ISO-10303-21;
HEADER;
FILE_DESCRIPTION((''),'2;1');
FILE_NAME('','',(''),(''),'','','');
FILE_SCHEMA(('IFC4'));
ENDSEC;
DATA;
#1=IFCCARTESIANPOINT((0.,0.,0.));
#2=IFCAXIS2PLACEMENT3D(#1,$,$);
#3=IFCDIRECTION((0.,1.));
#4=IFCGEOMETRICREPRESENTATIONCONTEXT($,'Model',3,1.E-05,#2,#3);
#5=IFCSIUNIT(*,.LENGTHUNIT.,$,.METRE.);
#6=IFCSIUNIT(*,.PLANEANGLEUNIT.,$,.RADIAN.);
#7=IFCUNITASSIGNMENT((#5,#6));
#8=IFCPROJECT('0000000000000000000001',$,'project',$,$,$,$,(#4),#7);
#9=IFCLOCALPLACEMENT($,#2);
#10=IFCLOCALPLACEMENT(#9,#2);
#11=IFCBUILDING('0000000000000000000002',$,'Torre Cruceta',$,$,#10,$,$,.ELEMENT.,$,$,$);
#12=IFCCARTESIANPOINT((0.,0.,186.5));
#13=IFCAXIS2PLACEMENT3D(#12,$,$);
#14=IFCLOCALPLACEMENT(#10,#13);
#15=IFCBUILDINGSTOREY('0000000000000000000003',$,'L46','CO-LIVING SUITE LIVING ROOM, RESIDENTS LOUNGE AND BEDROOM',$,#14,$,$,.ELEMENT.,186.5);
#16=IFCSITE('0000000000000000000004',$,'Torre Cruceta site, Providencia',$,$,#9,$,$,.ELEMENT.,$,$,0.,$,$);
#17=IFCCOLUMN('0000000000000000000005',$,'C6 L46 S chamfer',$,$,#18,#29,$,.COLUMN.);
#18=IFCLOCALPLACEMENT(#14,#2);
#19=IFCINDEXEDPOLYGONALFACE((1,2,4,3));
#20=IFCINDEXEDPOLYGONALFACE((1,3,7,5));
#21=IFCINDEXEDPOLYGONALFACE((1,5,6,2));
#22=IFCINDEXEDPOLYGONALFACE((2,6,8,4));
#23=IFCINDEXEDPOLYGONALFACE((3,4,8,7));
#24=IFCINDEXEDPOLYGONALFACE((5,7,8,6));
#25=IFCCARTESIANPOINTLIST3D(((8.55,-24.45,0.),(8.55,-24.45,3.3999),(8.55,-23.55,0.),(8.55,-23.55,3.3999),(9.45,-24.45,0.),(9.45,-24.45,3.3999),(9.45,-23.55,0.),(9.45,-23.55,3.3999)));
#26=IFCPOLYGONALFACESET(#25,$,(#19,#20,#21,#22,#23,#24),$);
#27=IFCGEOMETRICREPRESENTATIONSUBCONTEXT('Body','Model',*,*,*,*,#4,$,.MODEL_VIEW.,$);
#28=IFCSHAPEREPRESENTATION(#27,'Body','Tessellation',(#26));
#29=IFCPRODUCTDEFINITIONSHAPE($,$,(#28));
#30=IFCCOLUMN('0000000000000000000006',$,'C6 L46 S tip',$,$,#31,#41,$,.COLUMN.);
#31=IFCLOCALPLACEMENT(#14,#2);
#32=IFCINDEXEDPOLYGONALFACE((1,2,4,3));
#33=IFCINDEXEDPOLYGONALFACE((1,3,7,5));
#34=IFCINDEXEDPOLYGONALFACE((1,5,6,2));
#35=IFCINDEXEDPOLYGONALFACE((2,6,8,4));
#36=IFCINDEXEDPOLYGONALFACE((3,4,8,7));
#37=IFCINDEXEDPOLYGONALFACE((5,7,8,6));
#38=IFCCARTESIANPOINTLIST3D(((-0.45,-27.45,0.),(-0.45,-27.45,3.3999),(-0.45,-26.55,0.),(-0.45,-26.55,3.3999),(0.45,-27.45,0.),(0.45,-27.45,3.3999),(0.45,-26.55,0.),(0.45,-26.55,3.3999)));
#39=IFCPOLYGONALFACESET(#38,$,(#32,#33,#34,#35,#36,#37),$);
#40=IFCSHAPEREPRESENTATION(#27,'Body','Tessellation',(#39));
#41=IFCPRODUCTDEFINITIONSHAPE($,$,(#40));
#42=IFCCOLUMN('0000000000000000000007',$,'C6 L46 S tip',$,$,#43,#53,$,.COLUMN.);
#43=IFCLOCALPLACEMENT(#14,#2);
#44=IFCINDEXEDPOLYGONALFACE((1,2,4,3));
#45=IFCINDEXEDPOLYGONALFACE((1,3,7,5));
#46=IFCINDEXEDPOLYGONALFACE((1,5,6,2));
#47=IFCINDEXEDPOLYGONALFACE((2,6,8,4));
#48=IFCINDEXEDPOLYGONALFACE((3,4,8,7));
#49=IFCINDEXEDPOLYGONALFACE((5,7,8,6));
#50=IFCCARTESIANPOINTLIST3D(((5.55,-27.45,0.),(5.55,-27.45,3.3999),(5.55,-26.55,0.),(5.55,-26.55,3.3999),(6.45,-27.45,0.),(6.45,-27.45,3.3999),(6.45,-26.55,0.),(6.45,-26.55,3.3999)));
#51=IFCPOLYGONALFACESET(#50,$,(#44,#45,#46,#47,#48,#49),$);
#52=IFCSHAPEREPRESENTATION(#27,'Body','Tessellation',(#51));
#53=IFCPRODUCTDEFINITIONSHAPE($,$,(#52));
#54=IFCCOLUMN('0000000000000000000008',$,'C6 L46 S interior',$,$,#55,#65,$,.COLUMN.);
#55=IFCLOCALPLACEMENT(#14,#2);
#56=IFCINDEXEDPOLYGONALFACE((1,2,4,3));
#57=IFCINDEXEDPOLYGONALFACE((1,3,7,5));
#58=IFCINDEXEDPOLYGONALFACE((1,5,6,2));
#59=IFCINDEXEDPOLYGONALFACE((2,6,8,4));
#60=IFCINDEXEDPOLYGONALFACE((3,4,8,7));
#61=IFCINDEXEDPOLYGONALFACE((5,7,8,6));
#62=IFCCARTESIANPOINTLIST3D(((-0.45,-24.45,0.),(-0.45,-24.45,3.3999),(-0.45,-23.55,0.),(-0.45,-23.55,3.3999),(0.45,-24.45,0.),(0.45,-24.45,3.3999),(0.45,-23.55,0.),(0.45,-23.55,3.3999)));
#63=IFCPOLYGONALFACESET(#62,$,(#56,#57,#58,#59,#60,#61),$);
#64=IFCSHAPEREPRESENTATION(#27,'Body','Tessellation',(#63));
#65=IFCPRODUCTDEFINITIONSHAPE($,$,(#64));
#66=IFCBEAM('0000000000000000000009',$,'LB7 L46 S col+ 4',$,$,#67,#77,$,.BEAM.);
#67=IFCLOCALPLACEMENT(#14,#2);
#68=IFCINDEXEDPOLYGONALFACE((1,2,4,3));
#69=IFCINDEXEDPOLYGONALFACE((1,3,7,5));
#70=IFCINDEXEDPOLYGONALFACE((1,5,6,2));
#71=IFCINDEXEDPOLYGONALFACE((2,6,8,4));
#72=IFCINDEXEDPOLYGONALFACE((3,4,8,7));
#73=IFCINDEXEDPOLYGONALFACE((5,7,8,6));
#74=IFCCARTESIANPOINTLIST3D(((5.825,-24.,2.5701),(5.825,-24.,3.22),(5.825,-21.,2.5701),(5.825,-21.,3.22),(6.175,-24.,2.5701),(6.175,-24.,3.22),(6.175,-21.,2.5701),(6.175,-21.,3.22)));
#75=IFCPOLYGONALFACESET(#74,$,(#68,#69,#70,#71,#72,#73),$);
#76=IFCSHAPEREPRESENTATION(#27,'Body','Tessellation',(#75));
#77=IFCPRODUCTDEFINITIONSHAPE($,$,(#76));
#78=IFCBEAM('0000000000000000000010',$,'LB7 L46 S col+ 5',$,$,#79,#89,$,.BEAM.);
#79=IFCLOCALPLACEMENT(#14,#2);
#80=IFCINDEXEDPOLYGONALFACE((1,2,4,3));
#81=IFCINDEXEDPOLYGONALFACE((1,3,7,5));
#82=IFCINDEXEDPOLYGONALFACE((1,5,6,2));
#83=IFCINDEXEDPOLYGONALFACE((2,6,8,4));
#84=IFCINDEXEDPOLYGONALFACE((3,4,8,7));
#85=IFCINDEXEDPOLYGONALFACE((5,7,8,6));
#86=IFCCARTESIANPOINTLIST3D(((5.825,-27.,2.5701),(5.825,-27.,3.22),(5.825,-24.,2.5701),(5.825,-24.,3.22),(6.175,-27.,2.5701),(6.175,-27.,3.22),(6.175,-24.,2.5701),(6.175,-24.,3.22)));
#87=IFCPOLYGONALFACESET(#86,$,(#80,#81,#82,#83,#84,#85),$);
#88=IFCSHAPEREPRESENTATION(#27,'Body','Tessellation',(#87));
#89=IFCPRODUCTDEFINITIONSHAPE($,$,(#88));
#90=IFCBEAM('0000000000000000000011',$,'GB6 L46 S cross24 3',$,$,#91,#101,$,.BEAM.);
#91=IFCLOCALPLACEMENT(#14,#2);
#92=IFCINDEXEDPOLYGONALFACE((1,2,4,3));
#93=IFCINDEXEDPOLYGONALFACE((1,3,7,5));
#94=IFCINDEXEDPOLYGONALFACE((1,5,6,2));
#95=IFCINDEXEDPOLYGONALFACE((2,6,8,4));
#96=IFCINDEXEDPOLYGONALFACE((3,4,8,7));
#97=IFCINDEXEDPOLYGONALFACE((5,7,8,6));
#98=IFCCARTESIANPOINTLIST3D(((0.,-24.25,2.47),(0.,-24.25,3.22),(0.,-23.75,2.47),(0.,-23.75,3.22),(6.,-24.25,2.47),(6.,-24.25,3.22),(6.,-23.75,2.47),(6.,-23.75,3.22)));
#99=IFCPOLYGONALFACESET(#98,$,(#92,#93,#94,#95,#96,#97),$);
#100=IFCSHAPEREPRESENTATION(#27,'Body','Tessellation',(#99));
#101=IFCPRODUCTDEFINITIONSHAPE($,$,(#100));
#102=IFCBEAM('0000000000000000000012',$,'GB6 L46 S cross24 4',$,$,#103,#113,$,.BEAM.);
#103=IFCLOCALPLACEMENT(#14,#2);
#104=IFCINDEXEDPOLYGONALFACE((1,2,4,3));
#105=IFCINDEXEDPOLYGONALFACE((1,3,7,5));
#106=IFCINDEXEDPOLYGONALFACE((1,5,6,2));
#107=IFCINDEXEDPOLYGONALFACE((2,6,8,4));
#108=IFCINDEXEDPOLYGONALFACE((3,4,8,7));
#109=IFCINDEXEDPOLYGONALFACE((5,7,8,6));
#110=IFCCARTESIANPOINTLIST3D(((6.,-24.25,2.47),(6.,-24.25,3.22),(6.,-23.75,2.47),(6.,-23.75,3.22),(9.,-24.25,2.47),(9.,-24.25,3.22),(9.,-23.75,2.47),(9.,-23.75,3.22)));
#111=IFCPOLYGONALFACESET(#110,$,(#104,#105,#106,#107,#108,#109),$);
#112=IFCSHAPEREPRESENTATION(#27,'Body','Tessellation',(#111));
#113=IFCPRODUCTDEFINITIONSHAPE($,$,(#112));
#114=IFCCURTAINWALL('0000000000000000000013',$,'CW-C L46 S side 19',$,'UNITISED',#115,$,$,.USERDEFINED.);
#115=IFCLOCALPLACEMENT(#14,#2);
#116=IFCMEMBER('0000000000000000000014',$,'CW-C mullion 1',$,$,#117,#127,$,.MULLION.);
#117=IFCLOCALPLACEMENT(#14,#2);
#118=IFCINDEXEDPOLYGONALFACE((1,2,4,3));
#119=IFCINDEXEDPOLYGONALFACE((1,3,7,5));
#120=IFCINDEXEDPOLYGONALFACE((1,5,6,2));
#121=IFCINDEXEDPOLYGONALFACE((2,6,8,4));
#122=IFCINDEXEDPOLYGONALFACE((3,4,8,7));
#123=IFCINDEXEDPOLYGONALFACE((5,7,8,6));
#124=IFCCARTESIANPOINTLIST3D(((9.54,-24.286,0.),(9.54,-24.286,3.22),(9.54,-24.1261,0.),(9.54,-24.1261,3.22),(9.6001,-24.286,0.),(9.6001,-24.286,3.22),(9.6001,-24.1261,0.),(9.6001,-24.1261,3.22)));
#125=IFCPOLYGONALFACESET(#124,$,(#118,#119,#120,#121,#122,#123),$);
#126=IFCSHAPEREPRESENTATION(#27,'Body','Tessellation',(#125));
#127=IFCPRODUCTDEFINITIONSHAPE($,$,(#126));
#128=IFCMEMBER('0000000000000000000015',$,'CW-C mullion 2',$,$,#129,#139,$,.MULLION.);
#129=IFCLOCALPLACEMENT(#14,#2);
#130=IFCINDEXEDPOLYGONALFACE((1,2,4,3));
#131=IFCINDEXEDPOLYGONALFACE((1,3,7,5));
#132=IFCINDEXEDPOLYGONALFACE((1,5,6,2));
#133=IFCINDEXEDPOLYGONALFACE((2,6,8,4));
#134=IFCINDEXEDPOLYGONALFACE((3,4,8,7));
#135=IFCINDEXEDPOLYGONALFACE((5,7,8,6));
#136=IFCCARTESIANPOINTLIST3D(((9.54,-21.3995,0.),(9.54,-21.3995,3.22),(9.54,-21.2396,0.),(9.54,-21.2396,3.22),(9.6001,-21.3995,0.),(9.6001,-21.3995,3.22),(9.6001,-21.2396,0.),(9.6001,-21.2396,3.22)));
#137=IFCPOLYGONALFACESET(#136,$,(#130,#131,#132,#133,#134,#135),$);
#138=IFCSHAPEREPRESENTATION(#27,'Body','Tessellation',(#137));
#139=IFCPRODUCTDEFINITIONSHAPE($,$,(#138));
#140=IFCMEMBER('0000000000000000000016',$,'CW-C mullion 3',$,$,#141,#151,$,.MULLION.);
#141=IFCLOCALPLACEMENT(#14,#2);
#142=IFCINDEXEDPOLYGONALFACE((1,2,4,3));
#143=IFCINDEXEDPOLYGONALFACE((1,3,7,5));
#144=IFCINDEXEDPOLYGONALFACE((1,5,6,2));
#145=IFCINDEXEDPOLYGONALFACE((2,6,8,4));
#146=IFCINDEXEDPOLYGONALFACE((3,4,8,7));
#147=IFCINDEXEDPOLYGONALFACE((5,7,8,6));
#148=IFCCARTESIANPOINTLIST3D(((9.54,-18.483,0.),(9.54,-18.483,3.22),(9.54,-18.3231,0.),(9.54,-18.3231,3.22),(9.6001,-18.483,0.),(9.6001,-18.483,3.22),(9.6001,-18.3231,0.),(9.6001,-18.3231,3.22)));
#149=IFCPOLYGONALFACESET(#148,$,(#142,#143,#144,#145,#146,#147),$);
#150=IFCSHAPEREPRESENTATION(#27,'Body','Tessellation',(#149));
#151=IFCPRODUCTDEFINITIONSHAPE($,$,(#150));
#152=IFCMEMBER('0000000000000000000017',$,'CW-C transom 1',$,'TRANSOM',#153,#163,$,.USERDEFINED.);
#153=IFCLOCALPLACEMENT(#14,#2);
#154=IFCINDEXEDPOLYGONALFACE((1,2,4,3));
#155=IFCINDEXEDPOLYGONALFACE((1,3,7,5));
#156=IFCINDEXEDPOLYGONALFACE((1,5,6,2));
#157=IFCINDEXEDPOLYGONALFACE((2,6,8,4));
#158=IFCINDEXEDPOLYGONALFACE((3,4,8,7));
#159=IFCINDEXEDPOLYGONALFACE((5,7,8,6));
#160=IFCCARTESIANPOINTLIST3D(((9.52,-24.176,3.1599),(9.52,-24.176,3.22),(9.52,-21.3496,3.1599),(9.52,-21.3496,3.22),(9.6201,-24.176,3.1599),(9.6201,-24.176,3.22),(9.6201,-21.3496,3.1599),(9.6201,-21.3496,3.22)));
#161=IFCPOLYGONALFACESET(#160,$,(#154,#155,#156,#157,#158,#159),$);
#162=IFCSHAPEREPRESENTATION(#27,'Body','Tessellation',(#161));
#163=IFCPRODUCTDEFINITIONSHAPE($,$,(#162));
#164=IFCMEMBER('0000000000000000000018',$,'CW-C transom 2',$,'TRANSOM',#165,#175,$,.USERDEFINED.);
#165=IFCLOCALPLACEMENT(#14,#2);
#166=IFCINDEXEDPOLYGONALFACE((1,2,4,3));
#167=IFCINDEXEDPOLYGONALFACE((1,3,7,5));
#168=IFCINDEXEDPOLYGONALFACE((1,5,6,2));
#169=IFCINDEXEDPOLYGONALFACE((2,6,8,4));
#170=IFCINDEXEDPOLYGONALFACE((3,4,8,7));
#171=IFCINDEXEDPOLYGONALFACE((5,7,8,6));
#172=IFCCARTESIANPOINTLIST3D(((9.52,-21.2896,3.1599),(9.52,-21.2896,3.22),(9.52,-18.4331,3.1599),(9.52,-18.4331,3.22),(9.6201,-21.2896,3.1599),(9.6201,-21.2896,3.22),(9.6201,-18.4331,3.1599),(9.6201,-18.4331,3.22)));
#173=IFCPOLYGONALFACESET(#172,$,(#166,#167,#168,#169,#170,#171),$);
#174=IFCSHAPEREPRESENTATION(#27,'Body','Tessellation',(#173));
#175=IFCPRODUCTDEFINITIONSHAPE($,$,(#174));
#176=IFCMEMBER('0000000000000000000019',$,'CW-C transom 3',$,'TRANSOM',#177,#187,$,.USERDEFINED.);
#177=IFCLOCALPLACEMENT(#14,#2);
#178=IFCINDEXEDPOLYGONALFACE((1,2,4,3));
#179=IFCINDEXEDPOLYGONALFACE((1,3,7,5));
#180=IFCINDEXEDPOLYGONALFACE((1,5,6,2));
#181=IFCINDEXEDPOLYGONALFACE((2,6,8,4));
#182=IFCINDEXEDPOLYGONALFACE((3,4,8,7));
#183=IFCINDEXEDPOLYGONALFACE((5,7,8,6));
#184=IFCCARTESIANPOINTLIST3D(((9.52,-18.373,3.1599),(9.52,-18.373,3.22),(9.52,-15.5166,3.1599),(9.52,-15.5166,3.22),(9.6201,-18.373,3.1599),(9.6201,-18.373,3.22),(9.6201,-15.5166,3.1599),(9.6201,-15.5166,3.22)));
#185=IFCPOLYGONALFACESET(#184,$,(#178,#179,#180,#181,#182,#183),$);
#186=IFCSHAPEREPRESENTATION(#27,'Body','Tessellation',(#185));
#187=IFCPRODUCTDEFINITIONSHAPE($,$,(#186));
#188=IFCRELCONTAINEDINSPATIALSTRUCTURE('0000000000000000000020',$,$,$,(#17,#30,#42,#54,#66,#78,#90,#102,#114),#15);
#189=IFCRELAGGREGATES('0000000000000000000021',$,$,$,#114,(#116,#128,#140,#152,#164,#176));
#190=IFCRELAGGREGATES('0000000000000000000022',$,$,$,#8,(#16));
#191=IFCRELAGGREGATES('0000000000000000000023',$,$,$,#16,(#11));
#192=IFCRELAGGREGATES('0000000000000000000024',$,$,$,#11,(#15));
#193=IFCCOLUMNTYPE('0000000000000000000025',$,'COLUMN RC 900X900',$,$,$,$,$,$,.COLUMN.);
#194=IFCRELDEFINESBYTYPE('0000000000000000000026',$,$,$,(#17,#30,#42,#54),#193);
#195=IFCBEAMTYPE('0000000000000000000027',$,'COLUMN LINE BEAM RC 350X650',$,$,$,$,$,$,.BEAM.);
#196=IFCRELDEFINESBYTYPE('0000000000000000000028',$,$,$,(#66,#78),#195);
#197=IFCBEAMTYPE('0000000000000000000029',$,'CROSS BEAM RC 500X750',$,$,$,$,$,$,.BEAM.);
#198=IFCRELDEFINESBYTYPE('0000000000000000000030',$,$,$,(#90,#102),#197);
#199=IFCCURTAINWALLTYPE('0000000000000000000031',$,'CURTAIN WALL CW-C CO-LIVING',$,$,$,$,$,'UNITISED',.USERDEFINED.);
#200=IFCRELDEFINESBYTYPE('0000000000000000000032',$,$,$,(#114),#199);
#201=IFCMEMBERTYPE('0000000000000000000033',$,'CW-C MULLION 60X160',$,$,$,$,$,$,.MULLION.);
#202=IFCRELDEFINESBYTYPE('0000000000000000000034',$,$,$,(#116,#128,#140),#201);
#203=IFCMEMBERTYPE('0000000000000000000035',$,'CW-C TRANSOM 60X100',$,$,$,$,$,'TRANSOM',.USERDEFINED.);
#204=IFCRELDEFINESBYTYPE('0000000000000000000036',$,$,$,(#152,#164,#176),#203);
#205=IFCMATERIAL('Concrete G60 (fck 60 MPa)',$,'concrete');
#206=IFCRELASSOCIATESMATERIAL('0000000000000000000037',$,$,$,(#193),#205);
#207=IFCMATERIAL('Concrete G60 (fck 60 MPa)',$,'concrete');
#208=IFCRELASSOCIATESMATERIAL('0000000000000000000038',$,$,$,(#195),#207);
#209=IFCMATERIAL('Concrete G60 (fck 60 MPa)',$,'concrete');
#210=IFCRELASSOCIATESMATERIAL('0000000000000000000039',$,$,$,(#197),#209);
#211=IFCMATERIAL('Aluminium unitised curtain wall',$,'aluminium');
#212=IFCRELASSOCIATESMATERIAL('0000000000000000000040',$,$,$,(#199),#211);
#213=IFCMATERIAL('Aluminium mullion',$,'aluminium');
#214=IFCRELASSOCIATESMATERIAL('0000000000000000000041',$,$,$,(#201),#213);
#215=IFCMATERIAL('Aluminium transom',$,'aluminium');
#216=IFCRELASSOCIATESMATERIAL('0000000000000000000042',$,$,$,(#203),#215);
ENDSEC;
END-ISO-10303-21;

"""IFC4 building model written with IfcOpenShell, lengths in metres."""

from ifc_helpers import new_model, si_unit, direction, frame, origin, origin_2d, place, context, subcontext, project, spatial, rectangle, extrude, material, material_profile, profile_set, type_object, element, aggregate, save


model = new_model("IFC4")

# Units and contexts
model_context = context("Model", 3, precision=1e-05, world=origin(), true_north=direction((0.0, 1.0)))
body_context = subcontext(model_context, "Body", "Model", "MODEL_VIEW")
ifc_project = project(units=[si_unit("LENGTHUNIT", "METRE"), si_unit("PLANEANGLEUNIT", "RADIAN")], contexts=[model_context])

# Site, building, storey
site_placement = place(None, origin())
site = spatial("IfcSite", under=ifc_project, at=site_placement, Name="Torre Cruceta site, Providencia", CompositionType="ELEMENT", RefElevation=0.0)
building_placement = place(site_placement, origin())
building = spatial("IfcBuilding", under=site, at=building_placement, Name="Torre Cruceta", CompositionType="ELEMENT")
storey_placement = place(building_placement, frame((0.0, 0.0, 186.5)))
storey = spatial("IfcBuildingStorey", under=building, at=storey_placement, Name="L46", Description="CO-LIVING SUITE LIVING ROOM, RESIDENTS LOUNGE AND BEDROOM", CompositionType="ELEMENT", Elevation=186.5)

# Columns
ifc_material_1 = material(Name="Concrete G60 (fck 60 MPa)", Category="concrete")
ifc_material_profile_1 = material_profile(ifc_material_1, rectangle(XDim=0.8999, YDim=0.8999, at=origin_2d()), Name="RC 900X900")
ifc_profile_set_1 = profile_set([ifc_material_profile_1], Name="Concrete G60 (fck 60 MPa)")
column_type = type_object("IfcColumnType", Name="COLUMN RC 900X900", PredefinedType="COLUMN", material=ifc_profile_set_1)
for number, where, z_axis, x_axis, name in (
    (1, (9.0, -24.0, 0.0), (0.0, 0.0, 1.0), (1.0, 0.0, 0.0), "C6 L46 S chamfer"),
    (2, (0.0, -27.0, 0.0), (0.0, 0.0, 1.0), (1.0, 0.0, 0.0), "C6 L46 S tip"),
    (3, (6.0, -27.0, 0.0), (0.0, 0.0, 1.0), (1.0, 0.0, 0.0), "C6 L46 S tip"),
    (4, (0.0, -24.0, 0.0), (0.0, 0.0, 1.0), (1.0, 0.0, 0.0), "C6 L46 S interior"),
):
    element("IfcColumn", number, at=place(storey_placement, frame(where, z_axis=z_axis, x_axis=x_axis)), inside=storey, type_object=column_type, Name=name, PredefinedType="COLUMN", context=body_context, shape_type="SweptSolid", body=[
        extrude(rectangle(XDim=0.8999, YDim=0.8999, at=origin_2d()), origin(), (0.0, 0.0, 1.0), 3.3999),
    ])

# Beams
ifc_material_2 = material(Name="Concrete G60 (fck 60 MPa)", Category="concrete")
ifc_material_profile_2 = material_profile(ifc_material_2, rectangle(XDim=0.3501, YDim=0.6499, at=origin_2d()), Name="RC 350X650")
ifc_profile_set_2 = profile_set([ifc_material_profile_2], Name="Concrete G60 (fck 60 MPa)")
beam_type_1 = type_object("IfcBeamType", Name="COLUMN LINE BEAM RC 350X650", PredefinedType="BEAM", material=ifc_profile_set_2)
for number, where, z_axis, x_axis, name in (
    (5, (6.0, -21.0, 2.895), (0.0, -1.0, 0.0), (1.0, 0.0, 0.0), "LB7 L46 S col+ 4"),
    (6, (6.0, -24.0, 2.895), (0.0, -1.0, 0.0), (1.0, 0.0, 0.0), "LB7 L46 S col+ 5"),
):
    element("IfcBeam", number, at=place(storey_placement, frame(where, z_axis=z_axis, x_axis=x_axis)), inside=storey, type_object=beam_type_1, Name=name, PredefinedType="BEAM", context=body_context, shape_type="SweptSolid", body=[
        extrude(rectangle(XDim=0.3501, YDim=0.6499, at=origin_2d()), origin(), (0.0, 0.0, 1.0), 3.0),
    ])
ifc_material_3 = material(Name="Concrete G60 (fck 60 MPa)", Category="concrete")
ifc_material_profile_3 = material_profile(ifc_material_3, rectangle(XDim=0.5, YDim=0.75, at=origin_2d()), Name="RC 500X750")
ifc_profile_set_3 = profile_set([ifc_material_profile_3], Name="Concrete G60 (fck 60 MPa)")
beam_type_2 = type_object("IfcBeamType", Name="CROSS BEAM RC 500X750", PredefinedType="BEAM", material=ifc_profile_set_3)
beam_1_placement = place(storey_placement, frame((0.0, -24.0, 2.845), z_axis=(1.0, 0.0, 0.0), x_axis=(0.0, 1.0, 0.0)))
element("IfcBeam", 7, at=beam_1_placement, inside=storey, type_object=beam_type_2, Name="GB6 L46 S cross24 3", PredefinedType="BEAM", context=body_context, shape_type="SweptSolid", body=[
    extrude(rectangle(XDim=0.5, YDim=0.75, at=origin_2d()), origin(), (0.0, 0.0, 1.0), 6.0),
])
beam_2_placement = place(storey_placement, frame((6.0, -24.0, 2.845), z_axis=(1.0, 0.0, 0.0), x_axis=(0.0, 1.0, 0.0)))
element("IfcBeam", 8, at=beam_2_placement, inside=storey, type_object=beam_type_2, Name="GB6 L46 S cross24 4", PredefinedType="BEAM", context=body_context, shape_type="SweptSolid", body=[
    extrude(rectangle(XDim=0.5, YDim=0.75, at=origin_2d()), origin(), (0.0, 0.0, 1.0), 3.0),
])

# Curtain wall, members
ifc_material_4 = material(Name="Aluminium unitised curtain wall", Category="aluminium")
curtain_wall_type = type_object("IfcCurtainWallType", Name="CURTAIN WALL CW-C CO-LIVING", ElementType="UNITISED", PredefinedType="USERDEFINED", material=ifc_material_4)
curtain_wall_placement = place(storey_placement, origin())
curtain_wall = element("IfcCurtainWall", 9, at=curtain_wall_placement, inside=storey, type_object=curtain_wall_type, Name="CW-C L46 S side 19", ObjectType="UNITISED", PredefinedType="USERDEFINED")
ifc_material_5 = material(Name="Aluminium mullion", Category="aluminium")
ifc_material_profile_4 = material_profile(ifc_material_5, rectangle(XDim=0.0601, YDim=0.1599, at=origin_2d()), Name="AL 60X160")
ifc_profile_set_4 = profile_set([ifc_material_profile_4], Name="Aluminium mullion")
member_type_1 = type_object("IfcMemberType", Name="CW-C MULLION 60X160", PredefinedType="MULLION", material=ifc_profile_set_4)
member_1_placement = place(storey_placement, frame((9.5701, -24.2061, 0.0), z_axis=(0.0, 0.0, 1.0), x_axis=(-1.0, 0.0, 0.0)))
member_1 = element("IfcMember", 10, at=member_1_placement, type_object=member_type_1, Name="CW-C mullion 1", PredefinedType="MULLION", context=body_context, shape_type="SweptSolid", body=[
    extrude(rectangle(XDim=0.0601, YDim=0.1599, at=origin_2d()), origin(), (0.0, 0.0, 1.0), 3.22),
])
member_2_placement = place(storey_placement, frame((9.5701, -21.3196, 0.0), z_axis=(0.0, 0.0, 1.0), x_axis=(-1.0, 0.0, 0.0)))
member_2 = element("IfcMember", 11, at=member_2_placement, type_object=member_type_1, Name="CW-C mullion 2", PredefinedType="MULLION", context=body_context, shape_type="SweptSolid", body=[
    extrude(rectangle(XDim=0.0601, YDim=0.1599, at=origin_2d()), origin(), (0.0, 0.0, 1.0), 3.22),
])
member_3_placement = place(storey_placement, frame((9.5701, -18.4031, 0.0), z_axis=(0.0, 0.0, 1.0), x_axis=(-1.0, 0.0, 0.0)))
member_3 = element("IfcMember", 12, at=member_3_placement, type_object=member_type_1, Name="CW-C mullion 3", PredefinedType="MULLION", context=body_context, shape_type="SweptSolid", body=[
    extrude(rectangle(XDim=0.0601, YDim=0.1599, at=origin_2d()), origin(), (0.0, 0.0, 1.0), 3.22),
])
ifc_material_6 = material(Name="Aluminium transom", Category="aluminium")
ifc_material_profile_5 = material_profile(ifc_material_6, rectangle(XDim=0.1001, YDim=0.0601, at=origin_2d()), Name="AL 100X60")
ifc_profile_set_5 = profile_set([ifc_material_profile_5], Name="Aluminium transom")
member_type_2 = type_object("IfcMemberType", Name="CW-C TRANSOM 60X100", ElementType="TRANSOM", PredefinedType="USERDEFINED", material=ifc_profile_set_5)
member_4_placement = place(storey_placement, frame((9.5701, -24.176, 3.1899), z_axis=(0.0, 1.0, 0.0), x_axis=(-1.0, 0.0, 0.0)))
member_4 = element("IfcMember", 13, at=member_4_placement, type_object=member_type_2, Name="CW-C transom 1", ObjectType="TRANSOM", PredefinedType="USERDEFINED", context=body_context, shape_type="SweptSolid", body=[
    extrude(rectangle(XDim=0.1001, YDim=0.0601, at=origin_2d()), origin(), (0.0, 0.0, 1.0), 2.8264),
])
member_5_placement = place(storey_placement, frame((9.5701, -21.2896, 3.1899), z_axis=(0.0, 1.0, 0.0), x_axis=(-1.0, 0.0, 0.0)))
member_5 = element("IfcMember", 14, at=member_5_placement, type_object=member_type_2, Name="CW-C transom 2", ObjectType="TRANSOM", PredefinedType="USERDEFINED", context=body_context, shape_type="SweptSolid", body=[
    extrude(rectangle(XDim=0.1001, YDim=0.0601, at=origin_2d()), origin(), (0.0, 0.0, 1.0), 2.8564),
])
member_6_placement = place(storey_placement, frame((9.5701, -18.373, 3.1899), z_axis=(0.0, 1.0, 0.0), x_axis=(-1.0, 0.0, 0.0)))
member_6 = element("IfcMember", 15, at=member_6_placement, type_object=member_type_2, Name="CW-C transom 3", ObjectType="TRANSOM", PredefinedType="USERDEFINED", context=body_context, shape_type="SweptSolid", body=[
    extrude(rectangle(XDim=0.1001, YDim=0.0601, at=origin_2d()), origin(), (0.0, 0.0, 1.0), 2.8564),
])

aggregate(curtain_wall, [member_1, member_2, member_3, member_4, member_5, member_6])

save(model, "model.ifc")
